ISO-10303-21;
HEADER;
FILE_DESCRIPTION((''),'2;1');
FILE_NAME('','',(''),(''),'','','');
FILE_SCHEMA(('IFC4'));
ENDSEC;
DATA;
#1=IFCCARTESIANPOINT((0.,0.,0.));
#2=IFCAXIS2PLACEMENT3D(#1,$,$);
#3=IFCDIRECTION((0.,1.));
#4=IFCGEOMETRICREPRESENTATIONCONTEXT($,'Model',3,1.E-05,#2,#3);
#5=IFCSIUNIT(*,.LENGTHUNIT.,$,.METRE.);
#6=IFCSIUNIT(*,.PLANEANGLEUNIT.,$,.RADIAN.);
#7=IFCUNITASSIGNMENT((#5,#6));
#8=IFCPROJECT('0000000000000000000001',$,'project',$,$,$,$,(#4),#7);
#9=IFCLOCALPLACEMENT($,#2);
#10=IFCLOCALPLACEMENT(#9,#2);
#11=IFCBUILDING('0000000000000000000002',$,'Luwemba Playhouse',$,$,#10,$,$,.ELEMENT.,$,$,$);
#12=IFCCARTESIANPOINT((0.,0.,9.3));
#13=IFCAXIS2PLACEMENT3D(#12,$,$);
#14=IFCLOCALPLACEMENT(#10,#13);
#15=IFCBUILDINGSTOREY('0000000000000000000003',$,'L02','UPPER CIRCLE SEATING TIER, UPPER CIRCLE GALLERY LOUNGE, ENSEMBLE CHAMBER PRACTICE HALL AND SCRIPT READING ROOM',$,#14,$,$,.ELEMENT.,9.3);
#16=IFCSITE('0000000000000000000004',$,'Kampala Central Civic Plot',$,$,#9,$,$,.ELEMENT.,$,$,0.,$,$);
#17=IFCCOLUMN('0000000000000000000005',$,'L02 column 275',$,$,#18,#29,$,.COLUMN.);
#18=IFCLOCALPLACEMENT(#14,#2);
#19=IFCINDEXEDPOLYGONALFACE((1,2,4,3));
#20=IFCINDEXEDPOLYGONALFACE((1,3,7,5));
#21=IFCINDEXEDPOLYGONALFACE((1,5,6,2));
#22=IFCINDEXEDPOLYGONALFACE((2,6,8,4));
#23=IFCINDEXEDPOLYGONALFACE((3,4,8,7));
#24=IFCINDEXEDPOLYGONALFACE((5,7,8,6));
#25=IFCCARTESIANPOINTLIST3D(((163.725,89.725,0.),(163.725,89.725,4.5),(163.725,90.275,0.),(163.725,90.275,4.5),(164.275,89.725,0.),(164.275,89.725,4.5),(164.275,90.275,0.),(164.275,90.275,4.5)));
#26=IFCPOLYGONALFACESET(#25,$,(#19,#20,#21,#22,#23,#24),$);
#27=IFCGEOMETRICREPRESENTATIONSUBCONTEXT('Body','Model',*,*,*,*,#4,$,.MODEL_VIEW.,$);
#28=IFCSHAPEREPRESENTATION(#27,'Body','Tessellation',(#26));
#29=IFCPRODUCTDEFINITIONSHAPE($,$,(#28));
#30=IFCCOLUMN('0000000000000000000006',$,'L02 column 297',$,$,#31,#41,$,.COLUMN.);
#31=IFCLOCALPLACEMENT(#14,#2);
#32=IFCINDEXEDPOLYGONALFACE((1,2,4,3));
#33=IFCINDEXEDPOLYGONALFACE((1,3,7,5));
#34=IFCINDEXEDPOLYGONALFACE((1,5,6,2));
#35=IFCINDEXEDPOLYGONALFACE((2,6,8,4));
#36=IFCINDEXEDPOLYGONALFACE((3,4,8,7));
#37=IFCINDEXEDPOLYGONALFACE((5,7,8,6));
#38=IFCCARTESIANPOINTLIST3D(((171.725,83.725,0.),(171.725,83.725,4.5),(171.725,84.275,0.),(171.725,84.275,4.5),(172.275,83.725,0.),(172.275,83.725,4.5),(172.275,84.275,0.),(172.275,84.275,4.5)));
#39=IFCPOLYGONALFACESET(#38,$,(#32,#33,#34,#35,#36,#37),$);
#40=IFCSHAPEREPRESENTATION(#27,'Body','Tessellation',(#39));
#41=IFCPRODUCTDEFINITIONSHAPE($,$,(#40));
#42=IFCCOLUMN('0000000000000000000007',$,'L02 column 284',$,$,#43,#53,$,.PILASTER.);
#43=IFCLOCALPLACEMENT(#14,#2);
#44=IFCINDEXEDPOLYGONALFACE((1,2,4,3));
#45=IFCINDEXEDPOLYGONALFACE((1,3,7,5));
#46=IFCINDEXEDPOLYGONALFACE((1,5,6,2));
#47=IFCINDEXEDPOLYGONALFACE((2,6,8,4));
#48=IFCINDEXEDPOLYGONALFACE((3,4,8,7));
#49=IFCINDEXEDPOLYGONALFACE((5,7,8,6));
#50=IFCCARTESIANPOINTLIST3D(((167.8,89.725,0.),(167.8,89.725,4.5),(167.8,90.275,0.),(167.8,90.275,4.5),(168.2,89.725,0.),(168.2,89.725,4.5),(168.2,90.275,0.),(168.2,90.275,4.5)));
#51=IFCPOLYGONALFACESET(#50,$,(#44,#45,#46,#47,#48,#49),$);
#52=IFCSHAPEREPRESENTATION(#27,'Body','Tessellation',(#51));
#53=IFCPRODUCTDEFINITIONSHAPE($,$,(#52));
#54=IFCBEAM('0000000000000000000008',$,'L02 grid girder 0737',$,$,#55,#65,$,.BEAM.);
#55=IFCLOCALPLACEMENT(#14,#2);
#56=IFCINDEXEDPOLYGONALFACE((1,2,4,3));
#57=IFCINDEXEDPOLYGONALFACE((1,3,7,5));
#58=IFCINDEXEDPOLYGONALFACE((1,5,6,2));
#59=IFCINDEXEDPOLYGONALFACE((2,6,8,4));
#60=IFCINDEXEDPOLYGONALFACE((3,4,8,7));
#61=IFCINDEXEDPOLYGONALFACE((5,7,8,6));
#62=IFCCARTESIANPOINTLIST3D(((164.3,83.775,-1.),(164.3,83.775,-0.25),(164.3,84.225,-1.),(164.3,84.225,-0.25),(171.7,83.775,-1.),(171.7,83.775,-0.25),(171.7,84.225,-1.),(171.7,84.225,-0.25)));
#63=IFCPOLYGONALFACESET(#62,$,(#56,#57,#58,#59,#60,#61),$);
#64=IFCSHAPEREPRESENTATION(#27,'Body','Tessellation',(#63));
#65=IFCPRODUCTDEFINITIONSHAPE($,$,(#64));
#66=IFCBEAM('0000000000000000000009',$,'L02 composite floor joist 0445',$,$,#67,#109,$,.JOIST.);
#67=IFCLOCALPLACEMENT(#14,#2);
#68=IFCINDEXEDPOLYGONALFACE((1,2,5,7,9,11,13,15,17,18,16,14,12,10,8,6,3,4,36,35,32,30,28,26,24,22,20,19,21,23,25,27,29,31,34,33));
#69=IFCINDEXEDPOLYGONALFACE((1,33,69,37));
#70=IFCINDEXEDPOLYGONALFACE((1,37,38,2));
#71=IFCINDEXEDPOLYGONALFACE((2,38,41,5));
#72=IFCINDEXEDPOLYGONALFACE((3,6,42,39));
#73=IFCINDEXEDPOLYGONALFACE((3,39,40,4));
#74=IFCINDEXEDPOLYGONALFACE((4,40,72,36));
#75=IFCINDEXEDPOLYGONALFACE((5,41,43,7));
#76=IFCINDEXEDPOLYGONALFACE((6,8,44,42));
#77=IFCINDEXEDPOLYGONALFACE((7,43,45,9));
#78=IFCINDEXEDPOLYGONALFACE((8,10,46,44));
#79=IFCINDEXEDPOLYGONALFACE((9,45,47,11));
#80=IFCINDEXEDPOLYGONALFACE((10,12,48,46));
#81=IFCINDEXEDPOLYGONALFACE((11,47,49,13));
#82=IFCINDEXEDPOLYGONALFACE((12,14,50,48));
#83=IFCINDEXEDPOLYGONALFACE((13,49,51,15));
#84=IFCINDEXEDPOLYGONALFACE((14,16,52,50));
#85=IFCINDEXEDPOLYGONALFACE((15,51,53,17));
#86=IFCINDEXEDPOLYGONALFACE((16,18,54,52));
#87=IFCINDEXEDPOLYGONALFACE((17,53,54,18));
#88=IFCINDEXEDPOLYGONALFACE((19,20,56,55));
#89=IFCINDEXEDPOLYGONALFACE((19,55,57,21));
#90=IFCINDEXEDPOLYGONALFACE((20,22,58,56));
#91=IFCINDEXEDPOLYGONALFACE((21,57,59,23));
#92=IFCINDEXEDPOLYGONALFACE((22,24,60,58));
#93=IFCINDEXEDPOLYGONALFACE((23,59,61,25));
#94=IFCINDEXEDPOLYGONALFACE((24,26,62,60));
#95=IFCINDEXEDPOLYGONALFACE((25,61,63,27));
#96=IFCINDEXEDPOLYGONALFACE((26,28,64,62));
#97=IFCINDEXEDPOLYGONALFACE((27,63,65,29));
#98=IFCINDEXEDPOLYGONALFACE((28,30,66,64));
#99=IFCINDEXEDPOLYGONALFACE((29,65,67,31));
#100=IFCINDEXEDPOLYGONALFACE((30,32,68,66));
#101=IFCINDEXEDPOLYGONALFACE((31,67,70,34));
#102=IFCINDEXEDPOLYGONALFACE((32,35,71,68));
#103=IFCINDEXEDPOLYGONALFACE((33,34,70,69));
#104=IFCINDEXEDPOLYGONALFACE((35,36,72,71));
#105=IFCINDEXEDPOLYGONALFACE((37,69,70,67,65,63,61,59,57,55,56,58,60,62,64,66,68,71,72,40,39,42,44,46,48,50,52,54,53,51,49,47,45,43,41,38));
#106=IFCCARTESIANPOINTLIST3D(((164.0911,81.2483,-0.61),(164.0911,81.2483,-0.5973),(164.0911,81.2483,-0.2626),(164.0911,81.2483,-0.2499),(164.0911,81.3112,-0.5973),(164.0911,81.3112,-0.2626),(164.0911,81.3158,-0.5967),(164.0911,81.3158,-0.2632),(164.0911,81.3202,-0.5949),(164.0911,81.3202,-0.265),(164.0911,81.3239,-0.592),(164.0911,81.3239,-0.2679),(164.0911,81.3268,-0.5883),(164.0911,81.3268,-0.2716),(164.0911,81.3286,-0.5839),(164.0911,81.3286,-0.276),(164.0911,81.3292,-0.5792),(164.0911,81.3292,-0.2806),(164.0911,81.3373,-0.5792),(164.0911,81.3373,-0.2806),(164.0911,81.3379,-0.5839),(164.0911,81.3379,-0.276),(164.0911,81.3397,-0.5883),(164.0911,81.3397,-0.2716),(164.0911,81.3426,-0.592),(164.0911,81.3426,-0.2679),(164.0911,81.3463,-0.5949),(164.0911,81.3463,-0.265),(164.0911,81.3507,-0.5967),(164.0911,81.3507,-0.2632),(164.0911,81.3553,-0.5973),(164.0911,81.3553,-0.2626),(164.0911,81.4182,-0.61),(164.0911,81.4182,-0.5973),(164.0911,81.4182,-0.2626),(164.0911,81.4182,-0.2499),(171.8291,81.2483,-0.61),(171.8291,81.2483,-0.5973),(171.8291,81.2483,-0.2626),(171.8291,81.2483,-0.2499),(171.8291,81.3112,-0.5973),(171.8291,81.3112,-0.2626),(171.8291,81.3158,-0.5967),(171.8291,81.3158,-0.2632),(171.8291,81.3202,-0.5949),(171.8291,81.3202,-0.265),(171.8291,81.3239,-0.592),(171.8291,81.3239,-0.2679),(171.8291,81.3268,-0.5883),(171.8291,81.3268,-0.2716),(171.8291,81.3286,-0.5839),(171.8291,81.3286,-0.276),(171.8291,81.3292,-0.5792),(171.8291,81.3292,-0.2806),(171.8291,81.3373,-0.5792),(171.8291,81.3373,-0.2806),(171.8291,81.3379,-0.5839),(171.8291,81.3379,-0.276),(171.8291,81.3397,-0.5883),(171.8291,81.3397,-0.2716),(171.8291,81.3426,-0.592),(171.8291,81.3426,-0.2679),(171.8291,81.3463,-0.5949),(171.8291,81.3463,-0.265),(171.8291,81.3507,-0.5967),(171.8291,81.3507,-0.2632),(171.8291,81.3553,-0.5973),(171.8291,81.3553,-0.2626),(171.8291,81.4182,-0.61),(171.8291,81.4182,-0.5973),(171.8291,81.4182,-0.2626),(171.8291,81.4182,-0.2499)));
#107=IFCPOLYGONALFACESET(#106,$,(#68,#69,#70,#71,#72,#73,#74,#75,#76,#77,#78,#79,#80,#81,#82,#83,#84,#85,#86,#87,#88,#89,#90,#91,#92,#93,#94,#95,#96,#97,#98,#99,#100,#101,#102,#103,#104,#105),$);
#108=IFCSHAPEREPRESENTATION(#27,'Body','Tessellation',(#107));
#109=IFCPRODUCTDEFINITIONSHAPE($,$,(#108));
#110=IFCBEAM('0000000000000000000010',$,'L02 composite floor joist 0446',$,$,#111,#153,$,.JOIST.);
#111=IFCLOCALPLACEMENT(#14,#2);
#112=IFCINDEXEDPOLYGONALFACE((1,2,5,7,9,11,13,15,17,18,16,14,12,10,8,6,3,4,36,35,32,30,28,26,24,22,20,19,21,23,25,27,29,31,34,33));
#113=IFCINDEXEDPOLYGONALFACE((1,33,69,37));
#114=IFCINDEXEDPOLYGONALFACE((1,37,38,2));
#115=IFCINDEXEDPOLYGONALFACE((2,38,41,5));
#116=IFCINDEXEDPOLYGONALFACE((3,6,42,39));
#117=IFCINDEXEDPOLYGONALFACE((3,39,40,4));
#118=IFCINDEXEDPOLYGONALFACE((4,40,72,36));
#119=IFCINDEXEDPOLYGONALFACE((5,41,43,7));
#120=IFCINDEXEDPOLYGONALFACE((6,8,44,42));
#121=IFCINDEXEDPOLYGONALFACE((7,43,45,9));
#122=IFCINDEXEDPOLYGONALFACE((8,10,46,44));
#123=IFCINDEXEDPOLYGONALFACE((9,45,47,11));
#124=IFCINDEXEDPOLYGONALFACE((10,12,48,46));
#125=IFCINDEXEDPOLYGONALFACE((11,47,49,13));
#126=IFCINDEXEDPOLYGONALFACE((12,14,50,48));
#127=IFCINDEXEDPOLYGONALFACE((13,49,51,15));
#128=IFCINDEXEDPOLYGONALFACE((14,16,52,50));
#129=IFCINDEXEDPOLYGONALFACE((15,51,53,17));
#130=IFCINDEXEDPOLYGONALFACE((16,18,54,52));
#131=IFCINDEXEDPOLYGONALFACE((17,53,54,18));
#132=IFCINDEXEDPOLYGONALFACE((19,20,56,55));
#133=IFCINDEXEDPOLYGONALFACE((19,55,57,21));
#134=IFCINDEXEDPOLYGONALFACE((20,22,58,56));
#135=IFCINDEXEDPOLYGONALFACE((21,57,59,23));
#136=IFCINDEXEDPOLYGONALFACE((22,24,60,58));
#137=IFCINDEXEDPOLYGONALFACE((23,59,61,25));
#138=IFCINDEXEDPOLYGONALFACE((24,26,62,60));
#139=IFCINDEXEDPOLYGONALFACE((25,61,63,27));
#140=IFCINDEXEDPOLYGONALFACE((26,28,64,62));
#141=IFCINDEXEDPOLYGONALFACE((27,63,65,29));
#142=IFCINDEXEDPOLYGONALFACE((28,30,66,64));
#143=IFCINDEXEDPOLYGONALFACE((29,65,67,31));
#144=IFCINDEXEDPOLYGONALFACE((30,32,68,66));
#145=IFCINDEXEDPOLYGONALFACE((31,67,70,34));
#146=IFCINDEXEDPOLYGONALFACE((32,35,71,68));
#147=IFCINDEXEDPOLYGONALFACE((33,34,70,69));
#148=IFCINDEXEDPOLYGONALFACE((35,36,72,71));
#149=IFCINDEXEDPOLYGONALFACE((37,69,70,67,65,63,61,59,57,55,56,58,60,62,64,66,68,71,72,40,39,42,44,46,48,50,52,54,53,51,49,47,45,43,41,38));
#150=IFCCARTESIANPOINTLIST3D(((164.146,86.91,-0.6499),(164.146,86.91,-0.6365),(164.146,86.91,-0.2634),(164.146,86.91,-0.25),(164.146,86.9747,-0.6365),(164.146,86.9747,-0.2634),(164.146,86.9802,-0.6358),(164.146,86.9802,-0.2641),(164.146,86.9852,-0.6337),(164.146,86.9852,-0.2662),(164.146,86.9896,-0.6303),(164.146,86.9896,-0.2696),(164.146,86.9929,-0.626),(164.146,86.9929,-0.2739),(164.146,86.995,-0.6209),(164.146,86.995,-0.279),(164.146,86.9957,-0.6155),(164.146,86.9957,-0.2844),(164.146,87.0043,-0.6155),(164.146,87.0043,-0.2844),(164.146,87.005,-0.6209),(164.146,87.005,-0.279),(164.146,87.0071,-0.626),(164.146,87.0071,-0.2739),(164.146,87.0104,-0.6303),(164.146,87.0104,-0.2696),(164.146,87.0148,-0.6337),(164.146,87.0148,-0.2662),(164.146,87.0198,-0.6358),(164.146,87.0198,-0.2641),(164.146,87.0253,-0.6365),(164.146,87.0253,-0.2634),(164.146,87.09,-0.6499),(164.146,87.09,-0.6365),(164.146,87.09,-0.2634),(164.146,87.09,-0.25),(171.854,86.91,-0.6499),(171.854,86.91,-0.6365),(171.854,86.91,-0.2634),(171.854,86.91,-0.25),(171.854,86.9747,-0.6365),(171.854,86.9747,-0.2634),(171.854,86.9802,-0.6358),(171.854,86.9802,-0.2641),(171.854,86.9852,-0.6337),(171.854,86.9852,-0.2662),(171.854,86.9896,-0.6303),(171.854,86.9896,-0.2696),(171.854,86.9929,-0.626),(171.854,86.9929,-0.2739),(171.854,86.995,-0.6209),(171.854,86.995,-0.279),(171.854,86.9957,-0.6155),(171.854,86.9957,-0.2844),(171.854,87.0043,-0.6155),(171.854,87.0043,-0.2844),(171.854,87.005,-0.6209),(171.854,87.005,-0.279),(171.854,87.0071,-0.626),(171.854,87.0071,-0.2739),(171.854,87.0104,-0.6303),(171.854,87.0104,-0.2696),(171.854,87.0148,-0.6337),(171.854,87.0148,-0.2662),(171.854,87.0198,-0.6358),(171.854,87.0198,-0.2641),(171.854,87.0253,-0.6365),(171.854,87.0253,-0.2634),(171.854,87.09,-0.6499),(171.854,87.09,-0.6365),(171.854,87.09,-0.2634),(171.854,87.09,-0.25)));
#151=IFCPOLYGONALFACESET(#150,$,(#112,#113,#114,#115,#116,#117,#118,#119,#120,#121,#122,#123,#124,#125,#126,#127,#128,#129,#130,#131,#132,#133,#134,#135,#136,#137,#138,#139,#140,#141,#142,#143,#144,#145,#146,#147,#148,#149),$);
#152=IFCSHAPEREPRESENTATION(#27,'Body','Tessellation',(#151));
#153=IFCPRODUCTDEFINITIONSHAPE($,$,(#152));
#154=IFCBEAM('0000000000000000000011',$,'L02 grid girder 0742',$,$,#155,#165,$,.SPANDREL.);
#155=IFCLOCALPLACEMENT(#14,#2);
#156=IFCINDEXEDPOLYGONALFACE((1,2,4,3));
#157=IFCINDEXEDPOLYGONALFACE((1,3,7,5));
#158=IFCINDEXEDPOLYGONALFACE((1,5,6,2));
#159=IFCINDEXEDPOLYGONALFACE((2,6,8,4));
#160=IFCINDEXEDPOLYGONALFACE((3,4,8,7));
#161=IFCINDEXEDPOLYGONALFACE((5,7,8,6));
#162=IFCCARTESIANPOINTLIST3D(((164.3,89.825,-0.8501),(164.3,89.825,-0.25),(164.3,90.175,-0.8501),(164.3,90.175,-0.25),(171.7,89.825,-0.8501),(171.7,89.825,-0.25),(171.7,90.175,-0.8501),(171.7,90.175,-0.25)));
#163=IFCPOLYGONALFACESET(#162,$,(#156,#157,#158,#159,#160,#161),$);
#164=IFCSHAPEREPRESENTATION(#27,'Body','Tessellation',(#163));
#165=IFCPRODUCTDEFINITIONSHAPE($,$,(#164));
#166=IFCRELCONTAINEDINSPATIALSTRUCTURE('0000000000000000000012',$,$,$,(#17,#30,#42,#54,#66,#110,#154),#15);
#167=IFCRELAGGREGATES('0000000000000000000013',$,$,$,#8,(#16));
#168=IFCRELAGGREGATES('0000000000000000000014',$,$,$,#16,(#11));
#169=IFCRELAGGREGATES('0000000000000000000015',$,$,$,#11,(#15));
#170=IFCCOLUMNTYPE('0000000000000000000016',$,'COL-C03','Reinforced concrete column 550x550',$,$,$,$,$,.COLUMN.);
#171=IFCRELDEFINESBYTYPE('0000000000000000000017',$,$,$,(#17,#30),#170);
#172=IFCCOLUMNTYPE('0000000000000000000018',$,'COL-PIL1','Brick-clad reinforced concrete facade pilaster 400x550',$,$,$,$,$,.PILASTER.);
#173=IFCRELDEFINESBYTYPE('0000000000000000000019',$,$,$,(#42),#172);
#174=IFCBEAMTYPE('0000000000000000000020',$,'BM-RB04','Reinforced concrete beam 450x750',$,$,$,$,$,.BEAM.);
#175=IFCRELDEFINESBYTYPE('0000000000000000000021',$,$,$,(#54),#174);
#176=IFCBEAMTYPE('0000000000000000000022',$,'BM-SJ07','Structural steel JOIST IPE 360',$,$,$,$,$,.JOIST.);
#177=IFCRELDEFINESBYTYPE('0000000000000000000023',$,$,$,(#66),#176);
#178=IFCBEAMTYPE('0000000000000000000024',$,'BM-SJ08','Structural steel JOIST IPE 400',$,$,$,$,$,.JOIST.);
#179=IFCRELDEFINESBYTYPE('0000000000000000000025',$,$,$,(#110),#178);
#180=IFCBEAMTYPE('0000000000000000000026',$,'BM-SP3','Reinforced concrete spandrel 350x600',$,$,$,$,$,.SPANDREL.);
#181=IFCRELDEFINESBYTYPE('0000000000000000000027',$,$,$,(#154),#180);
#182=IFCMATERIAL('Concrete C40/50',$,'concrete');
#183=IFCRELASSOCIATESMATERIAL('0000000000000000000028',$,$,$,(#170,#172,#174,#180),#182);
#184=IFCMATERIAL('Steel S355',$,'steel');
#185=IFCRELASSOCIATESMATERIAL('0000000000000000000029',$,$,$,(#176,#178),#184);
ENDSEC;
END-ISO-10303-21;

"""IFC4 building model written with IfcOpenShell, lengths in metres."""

from ifc_helpers import new_model, si_unit, direction, frame, origin, origin_2d, place, context, subcontext, project, spatial, rectangle, i_section, extrude, material, material_profile, profile_set, type_object, element, save


model = new_model("IFC4")

# Units and contexts
model_context = context("Model", 3, precision=1e-05, world=origin(), true_north=direction((0.0, 1.0)))
body_context = subcontext(model_context, "Body", "Model", "MODEL_VIEW")
ifc_project = project(units=[si_unit("LENGTHUNIT", "METRE"), si_unit("PLANEANGLEUNIT", "RADIAN")], contexts=[model_context])

# Site, building, storey
site_placement = place(None, origin())
site = spatial("IfcSite", under=ifc_project, at=site_placement, Name="Kampala Central Civic Plot", CompositionType="ELEMENT", RefElevation=0.0)
building_placement = place(site_placement, origin())
building = spatial("IfcBuilding", under=site, at=building_placement, Name="Luwemba Playhouse", CompositionType="ELEMENT")
storey_placement = place(building_placement, frame((0.0, 0.0, 9.3)))
storey = spatial("IfcBuildingStorey", under=building, at=storey_placement, Name="L02", Description="UPPER CIRCLE SEATING TIER, UPPER CIRCLE GALLERY LOUNGE, ENSEMBLE CHAMBER PRACTICE HALL AND SCRIPT READING ROOM", CompositionType="ELEMENT", Elevation=9.3)

# Columns
ifc_material_1 = material(Name="Concrete C40/50", Category="concrete")
ifc_material_profile_1 = material_profile(ifc_material_1, rectangle(XDim=0.55, YDim=0.55, at=origin_2d()))
ifc_profile_set_1 = profile_set([ifc_material_profile_1], Name="Concrete C40/50")
column_type_1 = type_object("IfcColumnType", Name="COL-C03", Description="Reinforced concrete column 550x550", PredefinedType="COLUMN", material=ifc_profile_set_1)
for number, where, z_axis, x_axis, name in (
    (1, (164.0, 90.0, 0.0), (0.0, 0.0, 1.0), (1.0, 0.0, 0.0), "L02 column 275"),
    (2, (172.0, 84.0, 0.0), (0.0, 0.0, 1.0), (1.0, 0.0, 0.0), "L02 column 297"),
):
    element("IfcColumn", number, at=place(storey_placement, frame(where, z_axis=z_axis, x_axis=x_axis)), inside=storey, type_object=column_type_1, Name=name, PredefinedType="COLUMN", context=body_context, shape_type="SweptSolid", body=[
        extrude(rectangle(XDim=0.55, YDim=0.55, at=origin_2d()), origin(), (0.0, 0.0, 1.0), 4.5),
    ])
ifc_material_profile_2 = material_profile(ifc_material_1, rectangle(XDim=0.3999, YDim=0.55, at=origin_2d()))
ifc_profile_set_2 = profile_set([ifc_material_profile_2], Name="Concrete C40/50")
column_type_2 = type_object("IfcColumnType", Name="COL-PIL1", Description="Brick-clad reinforced concrete facade pilaster 400x550", PredefinedType="PILASTER", material=ifc_profile_set_2)
column_placement = place(storey_placement, frame((168.0, 90.0, 0.0), z_axis=(0.0, 0.0, 1.0), x_axis=(1.0, 0.0, 0.0)))
element("IfcColumn", 3, at=column_placement, inside=storey, type_object=column_type_2, Name="L02 column 284", PredefinedType="PILASTER", context=body_context, shape_type="SweptSolid", body=[
    extrude(rectangle(XDim=0.3999, YDim=0.55, at=origin_2d()), origin(), (0.0, 0.0, 1.0), 4.5),
])

# Beams
ifc_material_profile_3 = material_profile(ifc_material_1, rectangle(XDim=0.45, YDim=0.75, at=origin_2d()))
ifc_profile_set_3 = profile_set([ifc_material_profile_3], Name="Concrete C40/50")
beam_type_1 = type_object("IfcBeamType", Name="BM-RB04", Description="Reinforced concrete beam 450x750", PredefinedType="BEAM", material=ifc_profile_set_3)
beam_1_placement = place(storey_placement, frame((164.3, 84.0, -0.625), z_axis=(1.0, 0.0, 0.0), x_axis=(0.0, 1.0, 0.0)))
element("IfcBeam", 4, at=beam_1_placement, inside=storey, type_object=beam_type_1, Name="L02 grid girder 0737", PredefinedType="BEAM", context=body_context, shape_type="SweptSolid", body=[
    extrude(rectangle(XDim=0.45, YDim=0.75, at=origin_2d()), origin(), (0.0, 0.0, 1.0), 7.3999),
])
ifc_material_2 = material(Name="Steel S355", Category="steel")
ifc_material_profile_4 = material_profile(ifc_material_2, i_section(OverallWidth=0.1699, OverallDepth=0.3601, WebThickness=0.0081, FlangeThickness=0.0127, FilletRadius=0.0181, at=origin_2d()))
ifc_profile_set_4 = profile_set([ifc_material_profile_4], Name="Steel S355")
beam_type_2 = type_object("IfcBeamType", Name="BM-SJ07", Description="Structural steel JOIST IPE 360", PredefinedType="JOIST", material=ifc_profile_set_4)
beam_2_placement = place(storey_placement, frame((164.0911, 81.3333, -0.4299), z_axis=(1.0, 0.0, 0.0), x_axis=(0.0, 1.0, 0.0)))
element("IfcBeam", 5, at=beam_2_placement, inside=storey, type_object=beam_type_2, Name="L02 composite floor joist 0445", PredefinedType="JOIST", context=body_context, shape_type="SweptSolid", body=[
    extrude(i_section(OverallWidth=0.1699, OverallDepth=0.3601, WebThickness=0.0081, FlangeThickness=0.0127, FilletRadius=0.0181, at=origin_2d()), origin(), (0.0, 0.0, 1.0), 7.738),
])
ifc_material_profile_5 = material_profile(ifc_material_2, i_section(OverallWidth=0.1799, OverallDepth=0.3999, WebThickness=0.0085, FlangeThickness=0.0134, FilletRadius=0.021, at=origin_2d()))
ifc_profile_set_5 = profile_set([ifc_material_profile_5], Name="Steel S355")
beam_type_3 = type_object("IfcBeamType", Name="BM-SJ08", Description="Structural steel JOIST IPE 400", PredefinedType="JOIST", material=ifc_profile_set_5)
beam_3_placement = place(storey_placement, frame((164.146, 87.0, -0.45), z_axis=(1.0, 0.0, 0.0), x_axis=(0.0, 1.0, 0.0)))
element("IfcBeam", 6, at=beam_3_placement, inside=storey, type_object=beam_type_3, Name="L02 composite floor joist 0446", PredefinedType="JOIST", context=body_context, shape_type="SweptSolid", body=[
    extrude(i_section(OverallWidth=0.1799, OverallDepth=0.3999, WebThickness=0.0085, FlangeThickness=0.0134, FilletRadius=0.021, at=origin_2d()), origin(), (0.0, 0.0, 1.0), 7.708),
])
ifc_material_profile_6 = material_profile(ifc_material_1, rectangle(XDim=0.3501, YDim=0.6001, at=origin_2d()))
ifc_profile_set_6 = profile_set([ifc_material_profile_6], Name="Concrete C40/50")
beam_type_4 = type_object("IfcBeamType", Name="BM-SP3", Description="Reinforced concrete spandrel 350x600", PredefinedType="SPANDREL", material=ifc_profile_set_6)
beam_4_placement = place(storey_placement, frame((164.3, 90.0, -0.55), z_axis=(1.0, 0.0, 0.0), x_axis=(0.0, 1.0, 0.0)))
element("IfcBeam", 7, at=beam_4_placement, inside=storey, type_object=beam_type_4, Name="L02 grid girder 0742", PredefinedType="SPANDREL", context=body_context, shape_type="SweptSolid", body=[
    extrude(rectangle(XDim=0.3501, YDim=0.6001, at=origin_2d()), origin(), (0.0, 0.0, 1.0), 7.3999),
])

save(model, "model.ifc")
